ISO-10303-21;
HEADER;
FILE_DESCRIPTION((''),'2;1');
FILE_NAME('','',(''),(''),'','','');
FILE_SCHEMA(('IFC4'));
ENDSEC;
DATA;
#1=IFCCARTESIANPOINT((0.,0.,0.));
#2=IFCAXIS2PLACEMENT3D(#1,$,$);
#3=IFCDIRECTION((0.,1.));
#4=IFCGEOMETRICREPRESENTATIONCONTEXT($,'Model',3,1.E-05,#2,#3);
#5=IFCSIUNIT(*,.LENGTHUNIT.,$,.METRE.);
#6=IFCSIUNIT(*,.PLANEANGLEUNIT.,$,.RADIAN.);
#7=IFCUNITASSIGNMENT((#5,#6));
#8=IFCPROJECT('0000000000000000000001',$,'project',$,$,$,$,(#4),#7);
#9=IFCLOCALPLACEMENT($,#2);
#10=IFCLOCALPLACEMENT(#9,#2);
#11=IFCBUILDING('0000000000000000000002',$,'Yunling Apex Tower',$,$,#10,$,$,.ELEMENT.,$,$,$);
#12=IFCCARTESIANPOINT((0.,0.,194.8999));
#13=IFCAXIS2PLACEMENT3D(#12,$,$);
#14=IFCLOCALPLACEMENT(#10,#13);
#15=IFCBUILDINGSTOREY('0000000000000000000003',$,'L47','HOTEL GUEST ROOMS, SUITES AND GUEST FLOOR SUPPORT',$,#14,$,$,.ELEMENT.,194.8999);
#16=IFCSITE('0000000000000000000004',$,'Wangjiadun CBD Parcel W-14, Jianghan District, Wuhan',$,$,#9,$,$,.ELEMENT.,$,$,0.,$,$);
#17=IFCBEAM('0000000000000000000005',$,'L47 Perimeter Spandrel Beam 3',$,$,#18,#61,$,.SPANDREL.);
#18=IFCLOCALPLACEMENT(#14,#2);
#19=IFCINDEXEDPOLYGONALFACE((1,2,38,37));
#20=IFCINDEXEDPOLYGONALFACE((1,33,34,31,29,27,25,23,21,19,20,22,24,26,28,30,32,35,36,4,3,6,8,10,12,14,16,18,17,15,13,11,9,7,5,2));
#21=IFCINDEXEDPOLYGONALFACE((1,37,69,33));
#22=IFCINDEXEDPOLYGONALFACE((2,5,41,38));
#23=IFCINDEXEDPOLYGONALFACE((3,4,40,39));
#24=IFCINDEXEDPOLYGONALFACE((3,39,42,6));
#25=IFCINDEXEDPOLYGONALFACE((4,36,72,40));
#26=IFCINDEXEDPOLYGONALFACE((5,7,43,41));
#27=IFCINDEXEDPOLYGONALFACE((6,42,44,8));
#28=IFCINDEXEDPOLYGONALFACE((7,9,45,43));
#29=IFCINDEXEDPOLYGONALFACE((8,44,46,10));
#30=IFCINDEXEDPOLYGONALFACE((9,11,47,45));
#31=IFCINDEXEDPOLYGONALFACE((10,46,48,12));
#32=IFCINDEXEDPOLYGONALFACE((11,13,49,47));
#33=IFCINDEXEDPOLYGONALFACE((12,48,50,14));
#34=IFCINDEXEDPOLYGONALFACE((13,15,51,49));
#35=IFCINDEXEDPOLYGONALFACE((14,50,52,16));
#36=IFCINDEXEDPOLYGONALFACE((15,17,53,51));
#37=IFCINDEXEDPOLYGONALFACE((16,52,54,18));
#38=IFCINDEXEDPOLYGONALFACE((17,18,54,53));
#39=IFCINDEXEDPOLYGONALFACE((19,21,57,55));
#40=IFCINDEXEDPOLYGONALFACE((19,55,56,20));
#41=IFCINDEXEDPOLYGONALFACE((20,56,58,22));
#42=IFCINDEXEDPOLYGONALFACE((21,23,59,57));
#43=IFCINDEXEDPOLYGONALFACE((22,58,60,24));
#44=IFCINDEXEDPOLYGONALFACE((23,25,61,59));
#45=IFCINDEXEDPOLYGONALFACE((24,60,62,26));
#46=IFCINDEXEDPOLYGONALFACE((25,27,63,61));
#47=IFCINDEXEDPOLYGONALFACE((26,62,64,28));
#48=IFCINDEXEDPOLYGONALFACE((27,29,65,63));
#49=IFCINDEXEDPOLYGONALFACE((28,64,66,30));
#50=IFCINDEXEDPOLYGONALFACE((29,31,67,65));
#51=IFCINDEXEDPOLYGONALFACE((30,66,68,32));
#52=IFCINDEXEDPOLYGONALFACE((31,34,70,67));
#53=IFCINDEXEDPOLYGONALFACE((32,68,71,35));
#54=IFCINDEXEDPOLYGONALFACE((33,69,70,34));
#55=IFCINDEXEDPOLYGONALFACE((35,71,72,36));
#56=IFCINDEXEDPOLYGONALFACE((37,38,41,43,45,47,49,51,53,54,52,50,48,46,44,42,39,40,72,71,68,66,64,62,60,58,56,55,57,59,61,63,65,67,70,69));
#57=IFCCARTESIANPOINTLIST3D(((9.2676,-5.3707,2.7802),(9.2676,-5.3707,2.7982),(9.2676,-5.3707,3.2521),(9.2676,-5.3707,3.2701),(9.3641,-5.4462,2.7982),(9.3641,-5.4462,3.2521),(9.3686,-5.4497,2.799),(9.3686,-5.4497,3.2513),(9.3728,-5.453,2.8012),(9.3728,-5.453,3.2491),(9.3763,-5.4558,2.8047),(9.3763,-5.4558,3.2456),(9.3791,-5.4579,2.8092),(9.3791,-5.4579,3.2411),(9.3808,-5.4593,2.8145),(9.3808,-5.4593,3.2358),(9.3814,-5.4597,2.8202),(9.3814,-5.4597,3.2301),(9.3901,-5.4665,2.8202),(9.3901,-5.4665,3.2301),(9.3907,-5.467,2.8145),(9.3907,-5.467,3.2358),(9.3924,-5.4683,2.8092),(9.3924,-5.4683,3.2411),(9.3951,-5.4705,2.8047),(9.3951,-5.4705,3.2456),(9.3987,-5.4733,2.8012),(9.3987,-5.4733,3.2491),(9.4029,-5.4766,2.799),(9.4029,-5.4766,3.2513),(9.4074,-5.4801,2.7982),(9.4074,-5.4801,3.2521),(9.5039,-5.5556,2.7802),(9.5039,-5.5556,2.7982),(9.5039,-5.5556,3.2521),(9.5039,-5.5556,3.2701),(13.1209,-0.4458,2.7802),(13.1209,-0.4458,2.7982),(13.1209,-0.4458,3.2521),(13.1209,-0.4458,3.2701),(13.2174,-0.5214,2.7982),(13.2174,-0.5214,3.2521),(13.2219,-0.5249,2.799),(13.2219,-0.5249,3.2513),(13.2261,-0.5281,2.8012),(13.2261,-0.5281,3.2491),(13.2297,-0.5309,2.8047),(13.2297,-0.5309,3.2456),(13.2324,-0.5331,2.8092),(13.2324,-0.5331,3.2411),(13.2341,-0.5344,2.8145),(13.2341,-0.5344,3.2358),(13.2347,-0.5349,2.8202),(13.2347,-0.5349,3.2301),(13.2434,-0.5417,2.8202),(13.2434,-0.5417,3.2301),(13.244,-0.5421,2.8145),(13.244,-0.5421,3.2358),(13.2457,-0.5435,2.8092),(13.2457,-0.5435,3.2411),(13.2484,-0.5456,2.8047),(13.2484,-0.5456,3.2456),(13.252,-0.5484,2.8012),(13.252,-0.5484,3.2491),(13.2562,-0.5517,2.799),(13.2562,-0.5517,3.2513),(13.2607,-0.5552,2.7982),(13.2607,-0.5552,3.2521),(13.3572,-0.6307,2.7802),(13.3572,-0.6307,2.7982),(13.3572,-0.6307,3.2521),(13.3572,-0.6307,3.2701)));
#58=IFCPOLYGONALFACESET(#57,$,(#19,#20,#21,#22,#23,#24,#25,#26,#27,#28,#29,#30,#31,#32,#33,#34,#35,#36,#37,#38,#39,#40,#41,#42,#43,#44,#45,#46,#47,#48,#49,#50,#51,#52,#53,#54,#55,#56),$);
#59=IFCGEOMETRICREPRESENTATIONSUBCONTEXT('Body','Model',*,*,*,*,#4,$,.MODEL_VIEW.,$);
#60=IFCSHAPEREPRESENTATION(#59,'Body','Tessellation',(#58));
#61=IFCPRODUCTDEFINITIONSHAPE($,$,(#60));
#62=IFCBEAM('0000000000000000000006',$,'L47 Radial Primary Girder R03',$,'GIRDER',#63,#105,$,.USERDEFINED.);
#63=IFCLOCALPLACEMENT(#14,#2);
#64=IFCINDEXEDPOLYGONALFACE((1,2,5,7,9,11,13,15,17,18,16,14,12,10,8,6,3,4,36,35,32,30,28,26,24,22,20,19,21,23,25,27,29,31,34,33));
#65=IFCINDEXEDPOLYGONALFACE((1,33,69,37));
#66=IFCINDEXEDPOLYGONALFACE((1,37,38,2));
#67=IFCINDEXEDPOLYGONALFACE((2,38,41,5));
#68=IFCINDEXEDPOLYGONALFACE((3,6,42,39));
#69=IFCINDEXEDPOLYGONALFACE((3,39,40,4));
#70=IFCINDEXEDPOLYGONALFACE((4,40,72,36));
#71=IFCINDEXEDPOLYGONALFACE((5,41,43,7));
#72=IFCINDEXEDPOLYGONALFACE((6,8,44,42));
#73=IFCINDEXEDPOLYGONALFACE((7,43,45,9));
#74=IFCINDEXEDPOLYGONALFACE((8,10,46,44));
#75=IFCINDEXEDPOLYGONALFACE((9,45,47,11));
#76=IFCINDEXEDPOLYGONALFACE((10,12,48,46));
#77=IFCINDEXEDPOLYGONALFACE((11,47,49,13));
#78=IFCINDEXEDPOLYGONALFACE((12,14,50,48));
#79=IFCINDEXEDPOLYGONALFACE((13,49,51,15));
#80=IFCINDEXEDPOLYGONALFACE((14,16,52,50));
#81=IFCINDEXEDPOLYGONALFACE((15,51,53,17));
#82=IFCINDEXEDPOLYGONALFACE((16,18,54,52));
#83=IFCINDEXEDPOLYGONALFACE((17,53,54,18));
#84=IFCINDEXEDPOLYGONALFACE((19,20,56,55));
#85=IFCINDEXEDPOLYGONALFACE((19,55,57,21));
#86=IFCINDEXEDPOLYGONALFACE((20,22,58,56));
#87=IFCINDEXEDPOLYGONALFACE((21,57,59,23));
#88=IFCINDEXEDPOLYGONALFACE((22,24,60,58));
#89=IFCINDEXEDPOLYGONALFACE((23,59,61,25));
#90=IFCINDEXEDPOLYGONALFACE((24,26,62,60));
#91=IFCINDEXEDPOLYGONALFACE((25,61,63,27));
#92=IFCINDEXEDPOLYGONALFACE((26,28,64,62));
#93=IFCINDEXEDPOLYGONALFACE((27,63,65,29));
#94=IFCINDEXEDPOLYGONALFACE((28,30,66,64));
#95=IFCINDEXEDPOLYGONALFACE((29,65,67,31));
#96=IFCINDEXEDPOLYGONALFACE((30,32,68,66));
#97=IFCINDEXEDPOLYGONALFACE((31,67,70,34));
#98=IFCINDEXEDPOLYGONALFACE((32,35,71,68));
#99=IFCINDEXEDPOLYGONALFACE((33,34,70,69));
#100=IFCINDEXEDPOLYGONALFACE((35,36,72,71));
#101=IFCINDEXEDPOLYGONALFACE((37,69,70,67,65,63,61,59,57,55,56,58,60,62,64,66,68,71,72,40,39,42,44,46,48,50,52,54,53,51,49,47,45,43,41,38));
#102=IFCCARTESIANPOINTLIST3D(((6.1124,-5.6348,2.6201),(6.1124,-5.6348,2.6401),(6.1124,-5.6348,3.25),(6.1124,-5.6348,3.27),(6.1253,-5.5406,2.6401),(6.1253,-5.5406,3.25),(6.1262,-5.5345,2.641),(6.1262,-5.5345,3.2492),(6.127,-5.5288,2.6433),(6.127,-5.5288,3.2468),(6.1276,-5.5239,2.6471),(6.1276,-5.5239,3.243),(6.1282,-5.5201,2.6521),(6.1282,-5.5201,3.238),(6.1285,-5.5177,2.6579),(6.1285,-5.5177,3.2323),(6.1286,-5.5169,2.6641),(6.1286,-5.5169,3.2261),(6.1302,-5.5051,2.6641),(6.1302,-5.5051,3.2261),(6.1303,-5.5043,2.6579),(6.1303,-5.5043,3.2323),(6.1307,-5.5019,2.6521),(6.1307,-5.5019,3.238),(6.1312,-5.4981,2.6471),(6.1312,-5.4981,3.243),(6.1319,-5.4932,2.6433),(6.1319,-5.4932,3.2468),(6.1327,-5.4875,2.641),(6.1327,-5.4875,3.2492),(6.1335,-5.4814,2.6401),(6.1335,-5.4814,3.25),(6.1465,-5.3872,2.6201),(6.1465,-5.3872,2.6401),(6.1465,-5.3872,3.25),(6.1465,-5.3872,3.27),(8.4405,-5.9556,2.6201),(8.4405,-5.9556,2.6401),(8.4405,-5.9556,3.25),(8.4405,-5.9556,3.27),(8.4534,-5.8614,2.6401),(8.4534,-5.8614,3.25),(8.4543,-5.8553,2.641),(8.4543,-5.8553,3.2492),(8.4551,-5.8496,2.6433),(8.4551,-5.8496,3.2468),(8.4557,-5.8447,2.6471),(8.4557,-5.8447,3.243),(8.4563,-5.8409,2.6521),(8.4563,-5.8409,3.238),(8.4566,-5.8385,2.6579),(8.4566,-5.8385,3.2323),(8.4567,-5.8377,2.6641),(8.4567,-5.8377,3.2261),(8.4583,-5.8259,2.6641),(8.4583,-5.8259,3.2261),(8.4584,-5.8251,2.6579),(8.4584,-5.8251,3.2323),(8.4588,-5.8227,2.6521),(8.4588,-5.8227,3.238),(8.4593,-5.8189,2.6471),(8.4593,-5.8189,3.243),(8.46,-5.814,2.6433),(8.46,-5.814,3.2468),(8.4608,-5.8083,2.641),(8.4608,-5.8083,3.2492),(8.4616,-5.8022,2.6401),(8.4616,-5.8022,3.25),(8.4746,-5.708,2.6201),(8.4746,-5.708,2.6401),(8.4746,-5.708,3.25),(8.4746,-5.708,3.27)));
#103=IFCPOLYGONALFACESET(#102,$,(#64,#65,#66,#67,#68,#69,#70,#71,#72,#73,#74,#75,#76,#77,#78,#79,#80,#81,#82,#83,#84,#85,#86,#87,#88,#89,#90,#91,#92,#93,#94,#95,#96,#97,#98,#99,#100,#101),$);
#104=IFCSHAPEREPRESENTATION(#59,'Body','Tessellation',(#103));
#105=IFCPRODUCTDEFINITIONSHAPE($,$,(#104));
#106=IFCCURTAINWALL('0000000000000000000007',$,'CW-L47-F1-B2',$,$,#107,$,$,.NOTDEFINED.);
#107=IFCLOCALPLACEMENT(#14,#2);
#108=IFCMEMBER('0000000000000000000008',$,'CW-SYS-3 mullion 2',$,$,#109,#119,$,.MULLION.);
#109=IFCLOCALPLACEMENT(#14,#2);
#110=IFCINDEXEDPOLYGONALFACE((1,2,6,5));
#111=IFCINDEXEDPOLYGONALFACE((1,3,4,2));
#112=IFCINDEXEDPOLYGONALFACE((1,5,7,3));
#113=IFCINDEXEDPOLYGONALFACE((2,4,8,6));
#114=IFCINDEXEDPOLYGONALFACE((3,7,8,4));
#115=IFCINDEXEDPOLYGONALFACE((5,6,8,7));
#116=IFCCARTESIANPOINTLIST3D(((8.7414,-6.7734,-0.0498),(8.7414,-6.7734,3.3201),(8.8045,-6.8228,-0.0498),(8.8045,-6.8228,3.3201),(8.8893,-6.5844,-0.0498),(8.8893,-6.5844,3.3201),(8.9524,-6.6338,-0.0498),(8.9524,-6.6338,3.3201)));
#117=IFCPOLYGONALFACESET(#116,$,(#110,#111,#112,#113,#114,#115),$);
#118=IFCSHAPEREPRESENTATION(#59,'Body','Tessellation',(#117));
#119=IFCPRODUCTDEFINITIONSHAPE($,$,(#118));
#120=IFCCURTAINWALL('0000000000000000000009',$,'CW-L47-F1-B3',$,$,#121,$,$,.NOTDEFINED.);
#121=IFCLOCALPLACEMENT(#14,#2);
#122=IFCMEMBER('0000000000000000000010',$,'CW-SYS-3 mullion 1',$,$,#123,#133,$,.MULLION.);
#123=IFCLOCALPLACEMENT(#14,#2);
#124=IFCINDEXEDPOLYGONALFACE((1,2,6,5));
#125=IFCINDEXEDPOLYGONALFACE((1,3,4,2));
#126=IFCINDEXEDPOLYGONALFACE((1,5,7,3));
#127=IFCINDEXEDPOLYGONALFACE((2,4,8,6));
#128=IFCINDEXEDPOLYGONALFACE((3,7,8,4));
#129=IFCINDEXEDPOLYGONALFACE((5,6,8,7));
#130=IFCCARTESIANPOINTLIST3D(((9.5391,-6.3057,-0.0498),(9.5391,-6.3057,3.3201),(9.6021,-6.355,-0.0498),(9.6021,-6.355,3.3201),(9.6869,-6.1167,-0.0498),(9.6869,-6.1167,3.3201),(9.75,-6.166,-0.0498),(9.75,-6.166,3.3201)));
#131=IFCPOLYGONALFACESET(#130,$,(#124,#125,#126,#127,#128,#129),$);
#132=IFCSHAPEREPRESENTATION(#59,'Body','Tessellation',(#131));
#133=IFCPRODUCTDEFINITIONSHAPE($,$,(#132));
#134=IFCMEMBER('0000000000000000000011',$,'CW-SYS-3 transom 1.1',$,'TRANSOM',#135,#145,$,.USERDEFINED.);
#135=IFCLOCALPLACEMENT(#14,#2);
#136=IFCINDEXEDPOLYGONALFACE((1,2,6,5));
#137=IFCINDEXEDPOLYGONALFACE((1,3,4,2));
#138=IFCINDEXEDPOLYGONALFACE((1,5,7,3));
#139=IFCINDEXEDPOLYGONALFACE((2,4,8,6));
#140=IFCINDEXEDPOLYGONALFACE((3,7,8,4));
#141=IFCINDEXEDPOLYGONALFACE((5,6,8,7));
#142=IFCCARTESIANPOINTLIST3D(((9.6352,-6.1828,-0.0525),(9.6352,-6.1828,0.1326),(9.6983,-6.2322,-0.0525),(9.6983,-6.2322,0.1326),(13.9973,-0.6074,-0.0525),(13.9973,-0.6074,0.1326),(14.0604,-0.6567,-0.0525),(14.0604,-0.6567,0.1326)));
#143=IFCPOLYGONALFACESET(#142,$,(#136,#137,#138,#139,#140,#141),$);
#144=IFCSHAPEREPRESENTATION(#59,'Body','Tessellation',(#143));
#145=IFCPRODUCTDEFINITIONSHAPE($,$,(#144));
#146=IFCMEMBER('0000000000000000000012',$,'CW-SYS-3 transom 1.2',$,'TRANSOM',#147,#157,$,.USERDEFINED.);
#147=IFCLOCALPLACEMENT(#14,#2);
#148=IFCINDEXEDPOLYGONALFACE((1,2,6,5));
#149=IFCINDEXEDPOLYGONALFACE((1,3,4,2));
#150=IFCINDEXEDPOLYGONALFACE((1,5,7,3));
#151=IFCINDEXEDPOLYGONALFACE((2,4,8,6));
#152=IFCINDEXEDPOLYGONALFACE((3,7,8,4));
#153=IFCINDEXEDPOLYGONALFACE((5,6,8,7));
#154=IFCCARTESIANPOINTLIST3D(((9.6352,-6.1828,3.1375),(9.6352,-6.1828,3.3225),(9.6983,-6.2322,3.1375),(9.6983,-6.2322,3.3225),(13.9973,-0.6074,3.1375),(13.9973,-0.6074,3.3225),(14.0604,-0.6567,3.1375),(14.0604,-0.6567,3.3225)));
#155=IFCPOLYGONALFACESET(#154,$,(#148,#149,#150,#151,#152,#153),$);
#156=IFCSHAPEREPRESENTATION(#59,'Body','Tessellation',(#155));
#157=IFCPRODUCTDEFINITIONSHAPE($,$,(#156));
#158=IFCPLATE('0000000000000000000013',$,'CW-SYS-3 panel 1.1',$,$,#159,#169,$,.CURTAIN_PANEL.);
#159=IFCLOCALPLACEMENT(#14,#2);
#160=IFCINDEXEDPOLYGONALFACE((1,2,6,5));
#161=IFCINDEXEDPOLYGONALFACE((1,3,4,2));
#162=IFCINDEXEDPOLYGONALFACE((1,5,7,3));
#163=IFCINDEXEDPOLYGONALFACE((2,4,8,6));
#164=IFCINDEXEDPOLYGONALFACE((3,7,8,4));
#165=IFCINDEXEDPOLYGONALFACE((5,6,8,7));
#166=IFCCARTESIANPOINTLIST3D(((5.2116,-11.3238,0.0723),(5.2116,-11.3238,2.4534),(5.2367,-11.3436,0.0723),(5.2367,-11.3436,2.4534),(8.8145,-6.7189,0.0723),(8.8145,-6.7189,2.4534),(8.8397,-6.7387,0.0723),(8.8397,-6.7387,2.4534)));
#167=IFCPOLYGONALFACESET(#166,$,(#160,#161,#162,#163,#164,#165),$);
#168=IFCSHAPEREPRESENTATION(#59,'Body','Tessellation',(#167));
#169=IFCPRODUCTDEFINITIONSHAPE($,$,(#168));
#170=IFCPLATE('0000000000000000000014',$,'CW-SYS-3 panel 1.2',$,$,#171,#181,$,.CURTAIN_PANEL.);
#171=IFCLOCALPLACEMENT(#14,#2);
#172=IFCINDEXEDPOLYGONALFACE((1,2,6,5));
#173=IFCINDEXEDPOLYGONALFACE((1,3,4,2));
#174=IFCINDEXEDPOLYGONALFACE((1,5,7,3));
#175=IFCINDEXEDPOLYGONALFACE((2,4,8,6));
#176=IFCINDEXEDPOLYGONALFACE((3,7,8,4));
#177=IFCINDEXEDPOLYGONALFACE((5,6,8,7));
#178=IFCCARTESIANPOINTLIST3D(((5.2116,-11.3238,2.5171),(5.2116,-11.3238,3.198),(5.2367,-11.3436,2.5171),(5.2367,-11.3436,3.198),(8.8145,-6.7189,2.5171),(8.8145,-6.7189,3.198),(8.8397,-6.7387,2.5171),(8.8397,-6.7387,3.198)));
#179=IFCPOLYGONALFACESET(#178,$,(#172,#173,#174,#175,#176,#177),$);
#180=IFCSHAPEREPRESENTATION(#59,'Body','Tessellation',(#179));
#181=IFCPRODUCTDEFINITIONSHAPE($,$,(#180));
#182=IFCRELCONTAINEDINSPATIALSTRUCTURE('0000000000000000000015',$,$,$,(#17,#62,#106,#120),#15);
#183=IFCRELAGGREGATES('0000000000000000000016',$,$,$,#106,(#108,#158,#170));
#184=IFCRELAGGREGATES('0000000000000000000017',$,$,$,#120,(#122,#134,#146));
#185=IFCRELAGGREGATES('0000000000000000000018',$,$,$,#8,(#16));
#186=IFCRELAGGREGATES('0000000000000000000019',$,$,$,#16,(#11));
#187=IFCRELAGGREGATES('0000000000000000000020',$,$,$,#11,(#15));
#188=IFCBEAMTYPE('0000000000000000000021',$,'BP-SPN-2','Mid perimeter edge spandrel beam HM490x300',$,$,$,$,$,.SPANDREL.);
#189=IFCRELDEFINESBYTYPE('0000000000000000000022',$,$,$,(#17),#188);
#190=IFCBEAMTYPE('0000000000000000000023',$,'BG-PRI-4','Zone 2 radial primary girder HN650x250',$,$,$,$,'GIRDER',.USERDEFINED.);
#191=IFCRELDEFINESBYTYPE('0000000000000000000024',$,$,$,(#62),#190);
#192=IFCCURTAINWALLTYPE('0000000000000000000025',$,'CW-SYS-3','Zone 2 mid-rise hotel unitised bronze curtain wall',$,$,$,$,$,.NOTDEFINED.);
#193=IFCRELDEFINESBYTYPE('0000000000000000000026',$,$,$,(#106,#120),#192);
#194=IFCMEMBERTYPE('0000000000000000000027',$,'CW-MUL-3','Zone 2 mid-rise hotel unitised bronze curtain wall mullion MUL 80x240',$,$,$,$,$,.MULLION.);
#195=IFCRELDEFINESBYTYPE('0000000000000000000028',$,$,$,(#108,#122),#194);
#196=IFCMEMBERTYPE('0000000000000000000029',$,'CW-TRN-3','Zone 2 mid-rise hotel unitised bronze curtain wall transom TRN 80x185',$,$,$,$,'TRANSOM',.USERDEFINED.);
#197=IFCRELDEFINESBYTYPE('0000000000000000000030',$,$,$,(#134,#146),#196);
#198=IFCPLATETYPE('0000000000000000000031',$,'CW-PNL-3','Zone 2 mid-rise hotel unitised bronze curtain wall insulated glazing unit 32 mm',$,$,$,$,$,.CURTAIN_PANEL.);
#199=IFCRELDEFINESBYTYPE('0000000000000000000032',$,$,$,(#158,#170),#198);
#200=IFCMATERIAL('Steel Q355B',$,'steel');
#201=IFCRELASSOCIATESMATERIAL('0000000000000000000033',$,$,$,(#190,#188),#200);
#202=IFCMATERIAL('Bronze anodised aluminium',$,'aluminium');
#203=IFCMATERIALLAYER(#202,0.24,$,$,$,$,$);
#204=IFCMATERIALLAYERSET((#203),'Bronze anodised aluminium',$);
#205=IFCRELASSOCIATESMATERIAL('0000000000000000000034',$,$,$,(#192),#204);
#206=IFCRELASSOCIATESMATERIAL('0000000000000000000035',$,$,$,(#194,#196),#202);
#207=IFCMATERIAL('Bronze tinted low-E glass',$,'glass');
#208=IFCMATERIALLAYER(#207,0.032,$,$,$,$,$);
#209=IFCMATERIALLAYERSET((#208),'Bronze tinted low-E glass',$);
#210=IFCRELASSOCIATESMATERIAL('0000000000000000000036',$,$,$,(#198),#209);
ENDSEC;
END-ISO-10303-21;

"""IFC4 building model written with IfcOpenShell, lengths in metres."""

from ifc_helpers import new_model, si_unit, direction, frame, origin, origin_2d, place, context, subcontext, project, spatial, rectangle, i_section, extrude, source, transform, mapped, material, layer, layer_set, material_profile, profile_set, type_object, element, aggregate, save


model = new_model("IFC4")

# Units and contexts
model_context = context("Model", 3, precision=1e-05, world=origin(), true_north=direction((0.0, 1.0)))
body_context = subcontext(model_context, "Body", "Model", "MODEL_VIEW")
ifc_project = project(units=[si_unit("LENGTHUNIT", "METRE"), si_unit("PLANEANGLEUNIT", "RADIAN")], contexts=[model_context])

# Site, building, storey
site_placement = place(None, origin())
site = spatial("IfcSite", under=ifc_project, at=site_placement, Name="Wangjiadun CBD Parcel W-14, Jianghan District, Wuhan", CompositionType="ELEMENT", RefElevation=0.0)
building_placement = place(site_placement, origin())
building = spatial("IfcBuilding", under=site, at=building_placement, Name="Yunling Apex Tower", CompositionType="ELEMENT")
storey_placement = place(building_placement, frame((0.0, 0.0, 194.8999)))
storey = spatial("IfcBuildingStorey", under=building, at=storey_placement, Name="L47", Description="HOTEL GUEST ROOMS, SUITES AND GUEST FLOOR SUPPORT", CompositionType="ELEMENT", Elevation=194.8999)

# Beams
ifc_material_1 = material(Name="Steel Q355B", Category="steel")
ifc_material_profile_1 = material_profile(ifc_material_1, i_section(OverallWidth=0.25, OverallDepth=0.6499, WebThickness=0.012, FlangeThickness=0.02, FilletRadius=0.0239, at=origin_2d()))
ifc_profile_set_1 = profile_set([ifc_material_profile_1], Name="Steel Q355B")
beam_type_1 = type_object("IfcBeamType", Name="BG-PRI-4", Description="Zone 2 radial primary girder HN650x250", ElementType="GIRDER", PredefinedType="USERDEFINED", material=ifc_profile_set_1)
ifc_material_profile_2 = material_profile(ifc_material_1, i_section(OverallWidth=0.3, OverallDepth=0.49, WebThickness=0.011, FlangeThickness=0.0181, FilletRadius=0.022, at=origin_2d()))
ifc_profile_set_2 = profile_set([ifc_material_profile_2], Name="Steel Q355B")
beam_type_2 = type_object("IfcBeamType", Name="BP-SPN-2", Description="Mid perimeter edge spandrel beam HM490x300", PredefinedType="SPANDREL", material=ifc_profile_set_2)
shared_shape_1 = source(origin(), body_context, "Body", "SweptSolid", [
    extrude(i_section(OverallWidth=0.3, OverallDepth=0.49, WebThickness=0.011, FlangeThickness=0.0181, FilletRadius=0.022, at=origin_2d()), origin(), (0.0, 0.0, 1.0), 6.2532),
])
beam_1_placement = place(storey_placement, frame((9.3857, -5.4631, 3.0251), z_axis=(0.616217, 0.787577, 0.0), x_axis=(-0.787577, 0.616217, 0.0)))
element("IfcBeam", 1, at=beam_1_placement, inside=storey, type_object=beam_type_2, Name="L47 Perimeter Spandrel Beam 3", PredefinedType="SPANDREL", context=body_context, shape_type="MappedRepresentation", body=[
    mapped(shared_shape_1, transform((0.0, 0.0, 0.0), scale=1.0)),
])
shared_shape_2 = source(origin(), body_context, "Body", "SweptSolid", [
    extrude(i_section(OverallWidth=0.25, OverallDepth=0.6499, WebThickness=0.012, FlangeThickness=0.02, FilletRadius=0.0239, at=origin_2d()), origin(), (0.0, 0.0, 1.0), 2.3501),
])
beam_2_placement = place(storey_placement, frame((8.4575, -5.8318, 2.9451), z_axis=(-0.99064, 0.136504, 0.0), x_axis=(-0.136504, -0.99064, 0.0)))
element("IfcBeam", 2, at=beam_2_placement, inside=storey, type_object=beam_type_1, Name="L47 Radial Primary Girder R03", ObjectType="GIRDER", PredefinedType="USERDEFINED", context=body_context, shape_type="MappedRepresentation", body=[
    mapped(shared_shape_2, transform((0.0, 0.0, 0.0), scale=1.0)),
])

# Curtain wall, member
ifc_material_2 = material(Name="Bronze anodised aluminium", Category="aluminium")
ifc_layer_1 = layer(ifc_material_2, 0.24)
ifc_layer_set_1 = layer_set([ifc_layer_1], Name="Bronze anodised aluminium")
curtain_wall_type = type_object("IfcCurtainWallType", Name="CW-SYS-3", Description="Zone 2 mid-rise hotel unitised bronze curtain wall", PredefinedType="NOTDEFINED", material=ifc_layer_set_1)
curtain_wall_1_placement = place(storey_placement, origin())
curtain_wall_1 = element("IfcCurtainWall", 3, at=curtain_wall_1_placement, inside=storey, type_object=curtain_wall_type, Name="CW-L47-F1-B2", PredefinedType="NOTDEFINED")
ifc_material_profile_3 = material_profile(ifc_material_2, rectangle(XDim=0.0801, YDim=0.24, at=origin_2d()))
ifc_profile_set_3 = profile_set([ifc_material_profile_3], Name="Bronze anodised aluminium")
member_type_1 = type_object("IfcMemberType", Name="CW-MUL-3", Description="Zone 2 mid-rise hotel unitised bronze curtain wall mullion MUL 80x240", PredefinedType="MULLION", material=ifc_profile_set_3)
shared_shape_3 = source(origin(), body_context, "Body", "SweptSolid", [
    extrude(rectangle(XDim=0.0801, YDim=0.24, at=origin_2d()), origin(), (0.0, 0.0, 1.0), 3.3699),
])
member_1_placement = place(storey_placement, frame((8.8469, -6.7036, -0.0498), z_axis=(0.0, 0.0, 1.0), x_axis=(-0.787576, 0.616217, 0.0)))
member_1 = element("IfcMember", 4, at=member_1_placement, type_object=member_type_1, Name="CW-SYS-3 mullion 2", PredefinedType="MULLION", context=body_context, shape_type="MappedRepresentation", body=[
    mapped(shared_shape_3, transform((0.0, 0.0, 0.0), scale=1.0)),
])

# Curtain wall, members
curtain_wall_2_placement = place(storey_placement, origin())
curtain_wall_2 = element("IfcCurtainWall", 5, at=curtain_wall_2_placement, inside=storey, type_object=curtain_wall_type, Name="CW-L47-F1-B3", PredefinedType="NOTDEFINED")
member_2_placement = place(storey_placement, frame((9.6445, -6.2358, -0.0498), z_axis=(0.0, 0.0, 1.0), x_axis=(-0.787589, 0.6162, 0.0)))
member_2 = element("IfcMember", 6, at=member_2_placement, type_object=member_type_1, Name="CW-SYS-3 mullion 1", PredefinedType="MULLION", context=body_context, shape_type="MappedRepresentation", body=[
    mapped(shared_shape_3, transform((0.0, 0.0, 0.0), scale=1.0)),
])
ifc_material_profile_4 = material_profile(ifc_material_2, rectangle(XDim=0.0801, YDim=0.1851, at=origin_2d()))
ifc_profile_set_4 = profile_set([ifc_material_profile_4], Name="Bronze anodised aluminium")
member_type_2 = type_object("IfcMemberType", Name="CW-TRN-3", Description="Zone 2 mid-rise hotel unitised bronze curtain wall transom TRN 80x185", ElementType="TRANSOM", PredefinedType="USERDEFINED", material=ifc_profile_set_4)
shared_shape_4 = source(origin(), body_context, "Body", "SweptSolid", [
    extrude(rectangle(XDim=0.0801, YDim=0.1851, at=origin_2d()), origin(), (0.0, 0.0, 1.0), 7.0791),
])
member_3_placement = place(storey_placement, frame((9.6667, -6.2075, 0.04), z_axis=(0.616192, 0.787596, 0.0), x_axis=(-0.787596, 0.616192, 0.0)))
member_3 = element("IfcMember", 7, at=member_3_placement, type_object=member_type_2, Name="CW-SYS-3 transom 1.1", ObjectType="TRANSOM", PredefinedType="USERDEFINED", context=body_context, shape_type="MappedRepresentation", body=[
    mapped(shared_shape_4, transform((0.0, 0.0, 0.0), scale=1.0)),
])
member_4_placement = place(storey_placement, frame((9.6667, -6.2075, 3.23), z_axis=(0.616192, 0.787596, 0.0), x_axis=(-0.787596, 0.616192, 0.0)))
member_4 = element("IfcMember", 8, at=member_4_placement, type_object=member_type_2, Name="CW-SYS-3 transom 1.2", ObjectType="TRANSOM", PredefinedType="USERDEFINED", context=body_context, shape_type="MappedRepresentation", body=[
    mapped(shared_shape_4, transform((0.0, 0.0, 0.0), scale=1.0)),
])

# Plates
ifc_material_3 = material(Name="Bronze tinted low-E glass", Category="glass")
ifc_layer_2 = layer(ifc_material_3, 0.032)
ifc_layer_set_2 = layer_set([ifc_layer_2], Name="Bronze tinted low-E glass")
plate_type = type_object("IfcPlateType", Name="CW-PNL-3", Description="Zone 2 mid-rise hotel unitised bronze curtain wall insulated glazing unit 32 mm", PredefinedType="CURTAIN_PANEL", material=ifc_layer_set_2)
shared_shape_5 = source(origin(), body_context, "Body", "SweptSolid", [
    extrude(rectangle(XDim=5.8469, YDim=0.032, at=origin_2d()), origin(), (0.0, 0.0, 1.0), 2.3811),
])
plate_1_placement = place(storey_placement, frame((7.0256, -9.0312, 0.0723), z_axis=(0.0, 0.0, 1.0), x_axis=(0.616217, 0.787576, 0.0)))
plate_1 = element("IfcPlate", 9, at=plate_1_placement, type_object=plate_type, Name="CW-SYS-3 panel 1.1", PredefinedType="CURTAIN_PANEL", context=body_context, shape_type="MappedRepresentation", body=[
    mapped(shared_shape_5, transform((0.0, 0.0, 0.0), scale=1.0)),
])
shared_shape_6 = source(origin(), body_context, "Body", "SweptSolid", [
    extrude(rectangle(XDim=5.8469, YDim=0.032, at=origin_2d()), origin(), (0.0, 0.0, 1.0), 0.6809),
])
plate_2_placement = place(storey_placement, frame((7.0256, -9.0312, 2.5171), z_axis=(0.0, 0.0, 1.0), x_axis=(0.616217, 0.787576, 0.0)))
plate_2 = element("IfcPlate", 10, at=plate_2_placement, type_object=plate_type, Name="CW-SYS-3 panel 1.2", PredefinedType="CURTAIN_PANEL", context=body_context, shape_type="MappedRepresentation", body=[
    mapped(shared_shape_6, transform((0.0, 0.0, 0.0), scale=1.0)),
])
aggregate(curtain_wall_1, [member_1, plate_1, plate_2])
aggregate(curtain_wall_2, [member_2, member_3, member_4])

save(model, "model.ifc")
